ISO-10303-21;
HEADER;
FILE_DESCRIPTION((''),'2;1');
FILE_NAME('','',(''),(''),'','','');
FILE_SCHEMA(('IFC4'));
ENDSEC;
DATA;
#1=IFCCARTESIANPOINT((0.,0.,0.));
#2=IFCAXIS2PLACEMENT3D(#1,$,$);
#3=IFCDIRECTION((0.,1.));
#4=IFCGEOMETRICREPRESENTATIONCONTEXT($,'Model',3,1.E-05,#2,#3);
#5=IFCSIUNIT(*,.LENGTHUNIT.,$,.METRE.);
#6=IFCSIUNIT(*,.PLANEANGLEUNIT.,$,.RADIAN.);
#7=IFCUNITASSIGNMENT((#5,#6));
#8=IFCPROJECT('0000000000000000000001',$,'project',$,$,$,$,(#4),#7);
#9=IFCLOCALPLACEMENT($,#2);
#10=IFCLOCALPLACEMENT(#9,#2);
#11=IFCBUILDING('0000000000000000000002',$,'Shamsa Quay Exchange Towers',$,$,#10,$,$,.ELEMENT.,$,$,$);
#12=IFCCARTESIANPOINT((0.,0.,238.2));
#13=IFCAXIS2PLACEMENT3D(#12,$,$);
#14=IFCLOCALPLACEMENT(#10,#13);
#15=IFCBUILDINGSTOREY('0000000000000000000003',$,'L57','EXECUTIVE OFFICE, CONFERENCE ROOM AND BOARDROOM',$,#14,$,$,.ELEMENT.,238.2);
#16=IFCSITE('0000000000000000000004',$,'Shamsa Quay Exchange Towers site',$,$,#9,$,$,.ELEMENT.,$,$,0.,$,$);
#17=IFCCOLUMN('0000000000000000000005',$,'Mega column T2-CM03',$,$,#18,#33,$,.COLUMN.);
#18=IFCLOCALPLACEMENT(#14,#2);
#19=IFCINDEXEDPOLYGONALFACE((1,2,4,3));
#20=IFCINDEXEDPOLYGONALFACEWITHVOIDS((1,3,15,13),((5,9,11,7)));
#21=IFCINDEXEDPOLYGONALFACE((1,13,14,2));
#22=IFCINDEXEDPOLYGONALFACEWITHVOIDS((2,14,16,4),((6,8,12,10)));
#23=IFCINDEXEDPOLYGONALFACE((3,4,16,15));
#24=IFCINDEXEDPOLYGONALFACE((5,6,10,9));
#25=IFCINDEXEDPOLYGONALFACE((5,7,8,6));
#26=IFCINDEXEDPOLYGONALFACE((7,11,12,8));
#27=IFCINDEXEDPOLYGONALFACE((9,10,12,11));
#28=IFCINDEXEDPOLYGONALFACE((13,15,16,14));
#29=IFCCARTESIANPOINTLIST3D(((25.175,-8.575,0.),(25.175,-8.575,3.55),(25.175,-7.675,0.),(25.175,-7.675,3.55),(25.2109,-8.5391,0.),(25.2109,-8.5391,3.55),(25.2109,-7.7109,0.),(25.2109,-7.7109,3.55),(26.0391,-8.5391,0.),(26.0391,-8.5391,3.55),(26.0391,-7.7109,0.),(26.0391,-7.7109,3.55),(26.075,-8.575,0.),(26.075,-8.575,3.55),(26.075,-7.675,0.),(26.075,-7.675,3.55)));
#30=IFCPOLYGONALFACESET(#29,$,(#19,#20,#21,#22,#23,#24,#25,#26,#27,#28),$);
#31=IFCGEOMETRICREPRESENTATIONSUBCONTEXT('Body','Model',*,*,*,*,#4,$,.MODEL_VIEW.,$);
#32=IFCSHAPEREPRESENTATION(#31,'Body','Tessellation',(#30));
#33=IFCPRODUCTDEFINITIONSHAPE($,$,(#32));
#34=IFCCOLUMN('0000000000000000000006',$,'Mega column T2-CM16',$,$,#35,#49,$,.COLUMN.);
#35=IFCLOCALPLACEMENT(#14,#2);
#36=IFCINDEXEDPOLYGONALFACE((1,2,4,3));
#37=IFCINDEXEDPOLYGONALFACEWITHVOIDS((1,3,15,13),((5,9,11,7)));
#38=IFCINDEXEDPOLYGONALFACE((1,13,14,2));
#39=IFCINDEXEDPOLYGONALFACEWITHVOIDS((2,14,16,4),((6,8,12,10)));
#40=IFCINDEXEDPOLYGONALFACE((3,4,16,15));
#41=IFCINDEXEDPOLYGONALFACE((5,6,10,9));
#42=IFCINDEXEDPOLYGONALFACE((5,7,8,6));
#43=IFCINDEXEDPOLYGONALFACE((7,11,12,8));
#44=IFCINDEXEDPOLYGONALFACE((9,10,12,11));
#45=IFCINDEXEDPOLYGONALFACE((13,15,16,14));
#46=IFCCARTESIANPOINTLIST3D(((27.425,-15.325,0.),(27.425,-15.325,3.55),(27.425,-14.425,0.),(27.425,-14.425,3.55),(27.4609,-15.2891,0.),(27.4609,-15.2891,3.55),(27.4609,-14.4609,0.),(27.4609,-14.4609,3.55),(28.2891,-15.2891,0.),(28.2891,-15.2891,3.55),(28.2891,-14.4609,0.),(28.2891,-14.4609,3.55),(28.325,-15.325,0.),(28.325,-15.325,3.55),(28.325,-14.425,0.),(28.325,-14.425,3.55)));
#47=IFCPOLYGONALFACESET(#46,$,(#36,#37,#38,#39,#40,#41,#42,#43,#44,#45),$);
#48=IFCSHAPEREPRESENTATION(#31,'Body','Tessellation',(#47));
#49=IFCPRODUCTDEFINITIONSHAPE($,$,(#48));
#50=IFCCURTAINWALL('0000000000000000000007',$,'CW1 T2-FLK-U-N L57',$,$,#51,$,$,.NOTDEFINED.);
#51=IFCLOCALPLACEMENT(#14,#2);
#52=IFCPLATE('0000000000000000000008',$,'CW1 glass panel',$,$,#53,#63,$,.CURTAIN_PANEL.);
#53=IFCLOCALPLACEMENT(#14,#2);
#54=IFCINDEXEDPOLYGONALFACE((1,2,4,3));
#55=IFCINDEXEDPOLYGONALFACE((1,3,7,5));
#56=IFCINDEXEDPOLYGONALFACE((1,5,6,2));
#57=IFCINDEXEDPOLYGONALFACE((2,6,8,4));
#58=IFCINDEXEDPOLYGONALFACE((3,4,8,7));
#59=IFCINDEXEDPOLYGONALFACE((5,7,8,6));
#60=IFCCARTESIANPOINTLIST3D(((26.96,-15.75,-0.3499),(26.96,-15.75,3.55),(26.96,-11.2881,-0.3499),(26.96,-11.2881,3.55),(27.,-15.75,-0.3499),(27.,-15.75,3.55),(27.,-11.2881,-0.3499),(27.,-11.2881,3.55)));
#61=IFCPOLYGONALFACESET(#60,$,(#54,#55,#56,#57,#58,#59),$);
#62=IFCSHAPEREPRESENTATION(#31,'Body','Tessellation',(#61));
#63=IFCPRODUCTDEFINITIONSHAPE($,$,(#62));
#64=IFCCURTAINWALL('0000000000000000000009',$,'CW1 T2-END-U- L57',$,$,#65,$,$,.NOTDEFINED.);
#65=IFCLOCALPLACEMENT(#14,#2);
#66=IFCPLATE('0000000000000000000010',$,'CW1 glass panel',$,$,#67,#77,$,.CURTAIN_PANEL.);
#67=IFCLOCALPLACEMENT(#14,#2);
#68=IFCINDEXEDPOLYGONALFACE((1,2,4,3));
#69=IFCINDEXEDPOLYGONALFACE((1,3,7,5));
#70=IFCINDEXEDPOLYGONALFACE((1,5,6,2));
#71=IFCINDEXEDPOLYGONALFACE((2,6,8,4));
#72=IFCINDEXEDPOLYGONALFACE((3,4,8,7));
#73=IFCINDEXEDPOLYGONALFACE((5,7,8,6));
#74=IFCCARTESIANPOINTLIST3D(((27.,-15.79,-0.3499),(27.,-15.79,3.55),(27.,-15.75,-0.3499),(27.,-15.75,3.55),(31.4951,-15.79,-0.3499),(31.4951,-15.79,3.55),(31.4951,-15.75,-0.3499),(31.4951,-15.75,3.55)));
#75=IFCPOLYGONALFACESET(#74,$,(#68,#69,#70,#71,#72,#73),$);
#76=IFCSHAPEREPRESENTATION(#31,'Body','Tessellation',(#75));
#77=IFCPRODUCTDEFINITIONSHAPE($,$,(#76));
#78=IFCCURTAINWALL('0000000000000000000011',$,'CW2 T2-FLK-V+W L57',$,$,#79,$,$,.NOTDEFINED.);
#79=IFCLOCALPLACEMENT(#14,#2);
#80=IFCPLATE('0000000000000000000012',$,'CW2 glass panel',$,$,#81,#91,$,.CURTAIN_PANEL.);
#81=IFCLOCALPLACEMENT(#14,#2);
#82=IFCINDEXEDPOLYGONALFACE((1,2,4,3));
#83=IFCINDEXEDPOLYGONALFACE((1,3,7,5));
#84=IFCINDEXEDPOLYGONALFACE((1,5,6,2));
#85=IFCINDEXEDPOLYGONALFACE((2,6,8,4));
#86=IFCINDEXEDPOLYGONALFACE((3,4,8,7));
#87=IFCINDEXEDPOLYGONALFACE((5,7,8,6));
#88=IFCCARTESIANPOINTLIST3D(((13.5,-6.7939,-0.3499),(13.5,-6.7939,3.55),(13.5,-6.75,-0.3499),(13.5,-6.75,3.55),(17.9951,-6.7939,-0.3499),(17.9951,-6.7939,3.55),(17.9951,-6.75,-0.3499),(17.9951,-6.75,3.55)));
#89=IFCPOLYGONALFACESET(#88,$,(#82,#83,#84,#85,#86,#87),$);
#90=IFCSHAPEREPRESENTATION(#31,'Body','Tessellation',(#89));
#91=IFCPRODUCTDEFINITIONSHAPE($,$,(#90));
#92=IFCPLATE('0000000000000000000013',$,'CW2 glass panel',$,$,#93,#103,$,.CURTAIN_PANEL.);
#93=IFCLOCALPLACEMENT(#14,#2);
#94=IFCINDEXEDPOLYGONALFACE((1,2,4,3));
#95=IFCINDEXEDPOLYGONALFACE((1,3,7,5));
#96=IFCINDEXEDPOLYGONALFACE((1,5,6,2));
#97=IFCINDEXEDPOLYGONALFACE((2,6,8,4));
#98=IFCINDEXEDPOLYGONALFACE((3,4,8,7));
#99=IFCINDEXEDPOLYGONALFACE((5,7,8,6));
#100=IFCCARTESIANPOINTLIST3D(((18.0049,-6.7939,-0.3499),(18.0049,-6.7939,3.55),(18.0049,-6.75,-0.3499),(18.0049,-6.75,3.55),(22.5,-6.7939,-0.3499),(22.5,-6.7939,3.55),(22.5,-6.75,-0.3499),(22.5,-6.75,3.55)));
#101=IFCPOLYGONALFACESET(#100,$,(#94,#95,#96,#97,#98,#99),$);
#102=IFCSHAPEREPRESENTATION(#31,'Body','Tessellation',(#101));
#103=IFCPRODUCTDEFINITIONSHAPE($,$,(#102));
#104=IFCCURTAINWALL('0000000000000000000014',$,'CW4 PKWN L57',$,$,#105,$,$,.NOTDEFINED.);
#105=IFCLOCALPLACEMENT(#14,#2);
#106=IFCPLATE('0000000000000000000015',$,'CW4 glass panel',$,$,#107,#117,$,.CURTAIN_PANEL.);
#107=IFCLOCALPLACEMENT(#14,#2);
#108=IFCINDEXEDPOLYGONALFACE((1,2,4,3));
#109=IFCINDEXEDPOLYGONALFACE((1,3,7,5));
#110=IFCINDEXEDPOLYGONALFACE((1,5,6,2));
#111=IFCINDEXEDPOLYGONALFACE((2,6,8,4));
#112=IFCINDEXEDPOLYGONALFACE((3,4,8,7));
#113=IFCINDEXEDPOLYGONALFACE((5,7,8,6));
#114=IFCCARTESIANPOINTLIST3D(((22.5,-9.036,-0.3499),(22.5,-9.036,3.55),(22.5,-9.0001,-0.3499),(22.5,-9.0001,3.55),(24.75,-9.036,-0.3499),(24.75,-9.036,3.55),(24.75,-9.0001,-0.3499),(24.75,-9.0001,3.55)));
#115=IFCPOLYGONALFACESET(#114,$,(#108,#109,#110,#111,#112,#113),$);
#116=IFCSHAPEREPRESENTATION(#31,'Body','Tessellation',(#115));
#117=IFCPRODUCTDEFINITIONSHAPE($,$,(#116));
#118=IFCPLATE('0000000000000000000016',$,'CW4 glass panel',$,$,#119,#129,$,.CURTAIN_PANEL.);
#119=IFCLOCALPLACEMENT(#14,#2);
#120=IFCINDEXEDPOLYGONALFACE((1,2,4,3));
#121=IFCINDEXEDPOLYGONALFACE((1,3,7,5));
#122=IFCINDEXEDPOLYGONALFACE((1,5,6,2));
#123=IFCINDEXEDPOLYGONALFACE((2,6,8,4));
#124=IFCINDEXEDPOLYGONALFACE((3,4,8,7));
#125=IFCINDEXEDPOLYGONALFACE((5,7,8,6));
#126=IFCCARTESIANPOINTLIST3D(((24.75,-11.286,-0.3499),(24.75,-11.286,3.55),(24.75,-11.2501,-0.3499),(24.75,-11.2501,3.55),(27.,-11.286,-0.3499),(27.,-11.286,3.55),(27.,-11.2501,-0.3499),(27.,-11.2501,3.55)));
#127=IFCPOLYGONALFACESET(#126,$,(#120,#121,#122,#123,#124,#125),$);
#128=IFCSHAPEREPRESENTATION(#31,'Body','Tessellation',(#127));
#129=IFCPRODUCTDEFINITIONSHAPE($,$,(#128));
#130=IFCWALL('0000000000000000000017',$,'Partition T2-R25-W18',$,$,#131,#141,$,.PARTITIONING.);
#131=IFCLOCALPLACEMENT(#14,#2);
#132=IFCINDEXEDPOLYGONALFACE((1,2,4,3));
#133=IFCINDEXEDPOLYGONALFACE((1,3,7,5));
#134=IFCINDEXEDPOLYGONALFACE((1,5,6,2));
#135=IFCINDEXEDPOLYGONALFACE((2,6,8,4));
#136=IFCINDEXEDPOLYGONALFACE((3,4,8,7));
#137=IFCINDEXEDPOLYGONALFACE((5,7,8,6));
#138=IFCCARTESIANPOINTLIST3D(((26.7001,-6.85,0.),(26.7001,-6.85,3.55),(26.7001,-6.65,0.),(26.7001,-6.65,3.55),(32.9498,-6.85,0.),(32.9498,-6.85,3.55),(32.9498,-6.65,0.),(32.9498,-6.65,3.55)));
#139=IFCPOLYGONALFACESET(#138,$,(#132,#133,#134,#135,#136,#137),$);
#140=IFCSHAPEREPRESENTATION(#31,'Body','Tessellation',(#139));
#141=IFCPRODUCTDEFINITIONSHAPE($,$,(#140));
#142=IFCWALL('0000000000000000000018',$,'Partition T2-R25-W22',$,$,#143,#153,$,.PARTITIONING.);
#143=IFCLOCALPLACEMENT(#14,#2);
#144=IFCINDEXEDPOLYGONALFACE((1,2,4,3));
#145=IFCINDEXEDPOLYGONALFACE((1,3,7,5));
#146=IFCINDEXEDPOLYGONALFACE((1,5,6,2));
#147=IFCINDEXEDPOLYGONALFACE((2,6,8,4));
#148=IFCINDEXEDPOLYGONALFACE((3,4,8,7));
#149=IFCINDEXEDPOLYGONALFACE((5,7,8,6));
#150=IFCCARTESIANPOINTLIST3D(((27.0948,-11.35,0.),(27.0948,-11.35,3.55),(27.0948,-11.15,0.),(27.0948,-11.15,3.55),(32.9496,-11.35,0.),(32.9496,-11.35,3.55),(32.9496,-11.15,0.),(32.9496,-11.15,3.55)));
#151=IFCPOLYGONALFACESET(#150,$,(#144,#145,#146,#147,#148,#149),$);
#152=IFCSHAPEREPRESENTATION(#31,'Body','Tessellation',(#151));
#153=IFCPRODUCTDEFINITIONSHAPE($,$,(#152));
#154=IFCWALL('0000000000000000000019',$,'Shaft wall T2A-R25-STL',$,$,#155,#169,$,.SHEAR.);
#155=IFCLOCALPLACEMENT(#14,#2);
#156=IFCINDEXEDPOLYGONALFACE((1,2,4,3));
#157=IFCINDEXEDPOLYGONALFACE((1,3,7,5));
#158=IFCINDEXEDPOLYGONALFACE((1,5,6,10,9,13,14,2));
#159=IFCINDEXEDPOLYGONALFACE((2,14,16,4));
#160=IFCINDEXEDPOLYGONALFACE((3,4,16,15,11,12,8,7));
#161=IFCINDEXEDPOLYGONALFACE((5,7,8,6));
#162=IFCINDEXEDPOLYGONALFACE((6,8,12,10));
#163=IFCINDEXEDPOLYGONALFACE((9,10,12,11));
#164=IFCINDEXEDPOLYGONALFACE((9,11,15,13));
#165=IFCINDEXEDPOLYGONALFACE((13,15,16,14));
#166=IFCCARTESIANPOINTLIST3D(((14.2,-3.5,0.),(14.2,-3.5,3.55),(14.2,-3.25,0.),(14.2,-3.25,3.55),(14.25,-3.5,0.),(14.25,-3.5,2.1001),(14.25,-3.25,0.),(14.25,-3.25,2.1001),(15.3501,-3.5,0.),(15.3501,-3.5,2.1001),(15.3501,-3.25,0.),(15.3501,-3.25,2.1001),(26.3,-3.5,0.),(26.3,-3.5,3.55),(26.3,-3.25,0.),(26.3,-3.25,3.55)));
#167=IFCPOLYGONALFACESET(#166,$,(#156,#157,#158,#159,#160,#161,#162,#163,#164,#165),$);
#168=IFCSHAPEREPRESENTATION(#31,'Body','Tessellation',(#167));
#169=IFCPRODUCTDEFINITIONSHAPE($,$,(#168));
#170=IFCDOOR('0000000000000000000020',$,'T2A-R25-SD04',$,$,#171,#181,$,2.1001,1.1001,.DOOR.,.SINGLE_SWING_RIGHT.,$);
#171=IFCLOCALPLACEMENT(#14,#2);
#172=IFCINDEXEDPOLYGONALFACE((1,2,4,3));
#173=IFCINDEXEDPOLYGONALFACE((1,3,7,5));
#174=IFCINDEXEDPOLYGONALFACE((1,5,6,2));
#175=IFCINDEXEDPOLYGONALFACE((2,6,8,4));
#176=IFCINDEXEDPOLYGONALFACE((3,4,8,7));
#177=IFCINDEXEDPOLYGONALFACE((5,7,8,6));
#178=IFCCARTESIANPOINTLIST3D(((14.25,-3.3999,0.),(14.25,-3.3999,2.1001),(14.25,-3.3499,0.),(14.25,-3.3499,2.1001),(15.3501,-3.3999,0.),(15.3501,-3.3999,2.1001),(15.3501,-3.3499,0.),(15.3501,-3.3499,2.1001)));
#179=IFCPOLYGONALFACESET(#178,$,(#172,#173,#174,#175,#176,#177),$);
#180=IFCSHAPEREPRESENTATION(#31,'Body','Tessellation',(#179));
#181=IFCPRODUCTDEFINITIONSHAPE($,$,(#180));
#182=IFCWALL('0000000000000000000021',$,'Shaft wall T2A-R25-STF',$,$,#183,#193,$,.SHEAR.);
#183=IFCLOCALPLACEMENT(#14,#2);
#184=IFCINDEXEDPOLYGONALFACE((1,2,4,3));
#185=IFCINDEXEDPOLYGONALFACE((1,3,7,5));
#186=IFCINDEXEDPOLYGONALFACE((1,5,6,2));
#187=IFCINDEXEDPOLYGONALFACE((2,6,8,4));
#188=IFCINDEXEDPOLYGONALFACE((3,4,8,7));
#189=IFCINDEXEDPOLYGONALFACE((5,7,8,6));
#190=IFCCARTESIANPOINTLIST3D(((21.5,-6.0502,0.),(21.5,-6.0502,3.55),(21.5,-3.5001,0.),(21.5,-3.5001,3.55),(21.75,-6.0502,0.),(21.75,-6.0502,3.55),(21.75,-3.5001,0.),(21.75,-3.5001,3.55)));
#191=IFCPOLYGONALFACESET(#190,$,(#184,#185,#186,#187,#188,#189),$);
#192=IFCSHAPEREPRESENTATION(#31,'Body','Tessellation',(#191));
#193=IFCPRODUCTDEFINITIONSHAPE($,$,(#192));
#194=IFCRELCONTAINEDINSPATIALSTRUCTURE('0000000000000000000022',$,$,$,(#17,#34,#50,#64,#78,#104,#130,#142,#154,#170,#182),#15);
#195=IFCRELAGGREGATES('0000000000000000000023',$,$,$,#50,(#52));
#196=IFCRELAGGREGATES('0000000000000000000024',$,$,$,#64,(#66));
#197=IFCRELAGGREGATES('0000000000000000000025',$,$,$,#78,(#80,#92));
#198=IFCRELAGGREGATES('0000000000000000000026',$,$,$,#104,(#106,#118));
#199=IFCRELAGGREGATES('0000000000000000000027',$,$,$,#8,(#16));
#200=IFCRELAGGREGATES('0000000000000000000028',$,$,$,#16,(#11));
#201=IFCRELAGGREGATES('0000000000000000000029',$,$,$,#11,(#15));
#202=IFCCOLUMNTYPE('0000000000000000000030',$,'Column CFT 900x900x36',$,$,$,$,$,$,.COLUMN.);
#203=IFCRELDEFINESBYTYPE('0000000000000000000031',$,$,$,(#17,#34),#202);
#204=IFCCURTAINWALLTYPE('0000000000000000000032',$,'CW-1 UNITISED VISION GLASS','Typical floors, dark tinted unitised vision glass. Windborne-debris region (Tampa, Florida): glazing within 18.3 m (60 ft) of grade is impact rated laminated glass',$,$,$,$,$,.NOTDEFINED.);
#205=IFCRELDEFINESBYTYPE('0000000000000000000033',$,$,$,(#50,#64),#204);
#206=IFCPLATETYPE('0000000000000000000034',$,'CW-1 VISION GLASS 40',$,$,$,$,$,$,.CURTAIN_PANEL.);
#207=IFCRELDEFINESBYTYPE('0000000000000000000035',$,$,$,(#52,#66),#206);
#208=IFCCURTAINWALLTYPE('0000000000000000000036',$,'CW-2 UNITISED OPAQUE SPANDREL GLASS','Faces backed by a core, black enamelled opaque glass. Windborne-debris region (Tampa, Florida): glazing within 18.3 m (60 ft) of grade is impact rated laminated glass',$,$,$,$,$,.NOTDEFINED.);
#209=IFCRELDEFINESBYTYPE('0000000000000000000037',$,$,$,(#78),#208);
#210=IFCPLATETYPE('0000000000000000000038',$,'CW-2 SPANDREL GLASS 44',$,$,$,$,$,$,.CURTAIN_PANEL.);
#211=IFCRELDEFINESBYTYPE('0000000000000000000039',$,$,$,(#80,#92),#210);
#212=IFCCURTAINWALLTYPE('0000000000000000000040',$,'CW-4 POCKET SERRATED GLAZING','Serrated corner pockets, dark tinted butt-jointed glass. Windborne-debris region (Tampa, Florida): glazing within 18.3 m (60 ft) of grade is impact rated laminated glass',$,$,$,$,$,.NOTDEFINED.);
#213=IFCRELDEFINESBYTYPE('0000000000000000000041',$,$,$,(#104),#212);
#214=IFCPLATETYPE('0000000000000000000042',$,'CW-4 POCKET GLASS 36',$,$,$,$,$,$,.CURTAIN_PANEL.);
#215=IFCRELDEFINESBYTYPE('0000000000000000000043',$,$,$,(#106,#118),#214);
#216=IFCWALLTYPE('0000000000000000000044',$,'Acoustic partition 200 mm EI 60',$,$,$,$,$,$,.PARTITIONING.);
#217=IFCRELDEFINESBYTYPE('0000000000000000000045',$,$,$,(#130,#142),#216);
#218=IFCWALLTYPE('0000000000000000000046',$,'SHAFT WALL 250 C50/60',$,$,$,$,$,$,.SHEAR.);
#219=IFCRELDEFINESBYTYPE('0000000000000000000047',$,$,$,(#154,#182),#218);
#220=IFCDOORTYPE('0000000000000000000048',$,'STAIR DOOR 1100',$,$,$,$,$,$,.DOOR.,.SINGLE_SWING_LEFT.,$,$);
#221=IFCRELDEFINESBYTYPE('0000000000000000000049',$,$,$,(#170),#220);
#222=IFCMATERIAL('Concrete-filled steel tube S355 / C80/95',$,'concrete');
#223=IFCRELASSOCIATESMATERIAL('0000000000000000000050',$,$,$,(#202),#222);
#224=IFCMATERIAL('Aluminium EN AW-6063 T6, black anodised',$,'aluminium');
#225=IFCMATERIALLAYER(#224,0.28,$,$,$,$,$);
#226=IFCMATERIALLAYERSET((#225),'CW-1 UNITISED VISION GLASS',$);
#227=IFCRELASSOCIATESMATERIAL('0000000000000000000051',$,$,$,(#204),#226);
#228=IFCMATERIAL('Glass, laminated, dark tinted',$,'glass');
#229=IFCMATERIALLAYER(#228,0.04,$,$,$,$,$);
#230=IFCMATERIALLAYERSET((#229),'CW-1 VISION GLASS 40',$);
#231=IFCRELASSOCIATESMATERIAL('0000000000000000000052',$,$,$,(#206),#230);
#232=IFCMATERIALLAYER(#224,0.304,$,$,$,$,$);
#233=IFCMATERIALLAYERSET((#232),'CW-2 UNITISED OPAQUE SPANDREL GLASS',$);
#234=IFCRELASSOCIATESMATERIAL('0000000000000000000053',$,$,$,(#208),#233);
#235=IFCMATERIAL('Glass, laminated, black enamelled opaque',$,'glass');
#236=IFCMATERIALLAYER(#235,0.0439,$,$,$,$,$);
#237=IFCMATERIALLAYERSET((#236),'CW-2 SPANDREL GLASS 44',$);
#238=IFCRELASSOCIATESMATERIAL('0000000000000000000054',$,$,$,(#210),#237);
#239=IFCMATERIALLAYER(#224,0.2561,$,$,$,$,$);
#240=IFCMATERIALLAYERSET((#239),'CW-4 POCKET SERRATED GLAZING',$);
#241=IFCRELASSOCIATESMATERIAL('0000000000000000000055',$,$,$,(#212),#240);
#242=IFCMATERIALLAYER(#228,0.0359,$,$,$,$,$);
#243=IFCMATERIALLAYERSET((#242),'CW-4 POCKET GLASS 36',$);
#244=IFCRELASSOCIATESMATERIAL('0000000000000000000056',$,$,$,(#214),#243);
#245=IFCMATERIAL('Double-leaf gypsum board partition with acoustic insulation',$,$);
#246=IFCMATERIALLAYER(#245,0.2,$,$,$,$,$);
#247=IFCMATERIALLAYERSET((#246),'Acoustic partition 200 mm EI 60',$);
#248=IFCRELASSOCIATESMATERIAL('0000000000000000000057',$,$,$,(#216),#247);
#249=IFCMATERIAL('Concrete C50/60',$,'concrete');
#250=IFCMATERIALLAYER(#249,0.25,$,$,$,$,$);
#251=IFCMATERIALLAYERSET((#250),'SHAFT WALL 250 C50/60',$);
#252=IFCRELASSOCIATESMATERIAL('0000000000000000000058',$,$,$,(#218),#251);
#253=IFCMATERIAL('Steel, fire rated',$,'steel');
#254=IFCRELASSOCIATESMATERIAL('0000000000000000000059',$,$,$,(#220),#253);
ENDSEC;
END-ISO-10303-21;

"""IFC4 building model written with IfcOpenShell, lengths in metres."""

from ifc_helpers import new_model, si_unit, direction, frame, frame_2d, origin, origin_2d, place, context, subcontext, project, spatial, rectangle, hollow_rectangle, extrude, material, layer, layer_set, material_profile, profile_set, type_object, element, fill, aggregate, save


model = new_model("IFC4")

# Units and contexts
model_context = context("Model", 3, precision=1e-05, world=origin(), true_north=direction((0.0, 1.0)))
body_context = subcontext(model_context, "Body", "Model", "MODEL_VIEW")
ifc_project = project(units=[si_unit("LENGTHUNIT", "METRE"), si_unit("PLANEANGLEUNIT", "RADIAN")], contexts=[model_context])

# Site, building, storey
site_placement = place(None, origin())
site = spatial("IfcSite", under=ifc_project, at=site_placement, Name="Shamsa Quay Exchange Towers site", CompositionType="ELEMENT", RefElevation=0.0)
building_placement = place(site_placement, origin())
building = spatial("IfcBuilding", under=site, at=building_placement, Name="Shamsa Quay Exchange Towers", CompositionType="ELEMENT")
storey_placement = place(building_placement, frame((0.0, 0.0, 238.2)))
storey = spatial("IfcBuildingStorey", under=building, at=storey_placement, Name="L57", Description="EXECUTIVE OFFICE, CONFERENCE ROOM AND BOARDROOM", CompositionType="ELEMENT", Elevation=238.2)

# Columns
ifc_material_1 = material(Name="Concrete-filled steel tube S355 / C80/95", Category="concrete")
ifc_material_profile = material_profile(ifc_material_1, hollow_rectangle(XDim=0.8999, YDim=0.8999, WallThickness=0.0359, at=origin_2d()), Name="CFT 900x900x36")
ifc_profile_set = profile_set([ifc_material_profile], Name="Concrete-filled steel tube S355 / C80/95")
column_type = type_object("IfcColumnType", Name="Column CFT 900x900x36", PredefinedType="COLUMN", material=ifc_profile_set)
for number, where, name in (
    (1, (25.625, -8.125, 0.0), "Mega column T2-CM03"),
    (2, (27.875, -14.875, 0.0), "Mega column T2-CM16"),
):
    element("IfcColumn", number, at=place(storey_placement, frame(where)), inside=storey, type_object=column_type, Name=name, PredefinedType="COLUMN", context=body_context, shape_type="SweptSolid", body=[
        extrude(hollow_rectangle(XDim=0.8999, YDim=0.8999, WallThickness=0.0359, at=origin_2d()), origin(), (0.0, 0.0, 1.0), 3.55),
    ])

# Curtain walls, plates
ifc_material_2 = material(Name="Aluminium EN AW-6063 T6, black anodised", Category="aluminium")
ifc_layer_1 = layer(ifc_material_2, 0.28)
ifc_layer_set_1 = layer_set([ifc_layer_1], Name="CW-1 UNITISED VISION GLASS")
curtain_wall_type_1 = type_object("IfcCurtainWallType", Name="CW-1 UNITISED VISION GLASS", Description="Typical floors, dark tinted unitised vision glass. Windborne-debris region (Tampa, Florida): glazing within 18.3 m (60 ft) of grade is impact rated laminated glass", PredefinedType="NOTDEFINED", material=ifc_layer_set_1)
curtain_wall_1_placement = place(storey_placement, origin())
curtain_wall_1 = element("IfcCurtainWall", 3, at=curtain_wall_1_placement, inside=storey, type_object=curtain_wall_type_1, Name="CW1 T2-FLK-U-N L57", PredefinedType="NOTDEFINED")
ifc_material_3 = material(Name="Glass, laminated, dark tinted", Category="glass")
ifc_layer_2 = layer(ifc_material_3, 0.04)
ifc_layer_set_2 = layer_set([ifc_layer_2], Name="CW-1 VISION GLASS 40")
plate_type_1 = type_object("IfcPlateType", Name="CW-1 VISION GLASS 40", PredefinedType="CURTAIN_PANEL", material=ifc_layer_set_2)
plate_1_placement = place(storey_placement, frame((26.98, -13.519, -0.3499), z_axis=(0.0, 0.0, 1.0), x_axis=(0.0, -1.0, 0.0)))
plate_1 = element("IfcPlate", 4, at=plate_1_placement, type_object=plate_type_1, Name="CW1 glass panel", PredefinedType="CURTAIN_PANEL", context=body_context, shape_type="SweptSolid", body=[
    extrude(rectangle(XDim=4.4619, YDim=0.04, at=origin_2d()), origin(), (0.0, 0.0, 1.0), 3.8999),
])
aggregate(curtain_wall_1, [plate_1])
curtain_wall_2_placement = place(storey_placement, origin())
curtain_wall_2 = element("IfcCurtainWall", 5, at=curtain_wall_2_placement, inside=storey, type_object=curtain_wall_type_1, Name="CW1 T2-END-U- L57", PredefinedType="NOTDEFINED")
plate_2_placement = place(storey_placement, frame((29.2476, -15.77, -0.3499)))
plate_2 = element("IfcPlate", 6, at=plate_2_placement, type_object=plate_type_1, Name="CW1 glass panel", PredefinedType="CURTAIN_PANEL", context=body_context, shape_type="SweptSolid", body=[
    extrude(rectangle(XDim=4.4951, YDim=0.04, at=origin_2d()), origin(), (0.0, 0.0, 1.0), 3.8999),
])
aggregate(curtain_wall_2, [plate_2])

# Curtain walls, plates
ifc_layer_3 = layer(ifc_material_2, 0.304)
ifc_layer_set_3 = layer_set([ifc_layer_3], Name="CW-2 UNITISED OPAQUE SPANDREL GLASS")
curtain_wall_type_2 = type_object("IfcCurtainWallType", Name="CW-2 UNITISED OPAQUE SPANDREL GLASS", Description="Faces backed by a core, black enamelled opaque glass. Windborne-debris region (Tampa, Florida): glazing within 18.3 m (60 ft) of grade is impact rated laminated glass", PredefinedType="NOTDEFINED", material=ifc_layer_set_3)
curtain_wall_3_placement = place(storey_placement, origin())
curtain_wall_3 = element("IfcCurtainWall", 7, at=curtain_wall_3_placement, inside=storey, type_object=curtain_wall_type_2, Name="CW2 T2-FLK-V+W L57", PredefinedType="NOTDEFINED")
ifc_material_4 = material(Name="Glass, laminated, black enamelled opaque", Category="glass")
ifc_layer_4 = layer(ifc_material_4, 0.0439)
ifc_layer_set_4 = layer_set([ifc_layer_4], Name="CW-2 SPANDREL GLASS 44")
plate_type_2 = type_object("IfcPlateType", Name="CW-2 SPANDREL GLASS 44", PredefinedType="CURTAIN_PANEL", material=ifc_layer_set_4)
plate_3_placement = place(storey_placement, frame((15.7476, -6.772, -0.3499)))
plate_3 = element("IfcPlate", 8, at=plate_3_placement, type_object=plate_type_2, Name="CW2 glass panel", PredefinedType="CURTAIN_PANEL", context=body_context, shape_type="SweptSolid", body=[
    extrude(rectangle(XDim=4.4951, YDim=0.0439, at=origin_2d()), origin(), (0.0, 0.0, 1.0), 3.8999),
])
plate_4_placement = place(storey_placement, frame((20.2524, -6.772, -0.3499)))
plate_4 = element("IfcPlate", 9, at=plate_4_placement, type_object=plate_type_2, Name="CW2 glass panel", PredefinedType="CURTAIN_PANEL", context=body_context, shape_type="SweptSolid", body=[
    extrude(rectangle(XDim=4.4951, YDim=0.0439, at=origin_2d()), origin(), (0.0, 0.0, 1.0), 3.8999),
])
aggregate(curtain_wall_3, [plate_3, plate_4])
ifc_layer_5 = layer(ifc_material_2, 0.2561)
ifc_layer_set_5 = layer_set([ifc_layer_5], Name="CW-4 POCKET SERRATED GLAZING")
curtain_wall_type_3 = type_object("IfcCurtainWallType", Name="CW-4 POCKET SERRATED GLAZING", Description="Serrated corner pockets, dark tinted butt-jointed glass. Windborne-debris region (Tampa, Florida): glazing within 18.3 m (60 ft) of grade is impact rated laminated glass", PredefinedType="NOTDEFINED", material=ifc_layer_set_5)
curtain_wall_4_placement = place(storey_placement, origin())
curtain_wall_4 = element("IfcCurtainWall", 10, at=curtain_wall_4_placement, inside=storey, type_object=curtain_wall_type_3, Name="CW4 PKWN L57", PredefinedType="NOTDEFINED")
ifc_layer_6 = layer(ifc_material_3, 0.0359)
ifc_layer_set_6 = layer_set([ifc_layer_6], Name="CW-4 POCKET GLASS 36")
plate_type_3 = type_object("IfcPlateType", Name="CW-4 POCKET GLASS 36", PredefinedType="CURTAIN_PANEL", material=ifc_layer_set_6)
plate_5_placement = place(storey_placement, frame((23.625, -9.0181, -0.3499)))
plate_5 = element("IfcPlate", 11, at=plate_5_placement, type_object=plate_type_3, Name="CW4 glass panel", PredefinedType="CURTAIN_PANEL", context=body_context, shape_type="SweptSolid", body=[
    extrude(rectangle(XDim=2.25, YDim=0.0359, at=origin_2d()), origin(), (0.0, 0.0, 1.0), 3.8999),
])
plate_6_placement = place(storey_placement, frame((25.875, -11.2681, -0.3499)))
plate_6 = element("IfcPlate", 12, at=plate_6_placement, type_object=plate_type_3, Name="CW4 glass panel", PredefinedType="CURTAIN_PANEL", context=body_context, shape_type="SweptSolid", body=[
    extrude(rectangle(XDim=2.25, YDim=0.0359, at=origin_2d()), origin(), (0.0, 0.0, 1.0), 3.8999),
])
aggregate(curtain_wall_4, [plate_5, plate_6])

# Walls
ifc_material_5 = material(Name="Double-leaf gypsum board partition with acoustic insulation")
ifc_layer_7 = layer(ifc_material_5, 0.2)
ifc_layer_set_7 = layer_set([ifc_layer_7], Name="Acoustic partition 200 mm EI 60")
wall_type_1 = type_object("IfcWallType", Name="Acoustic partition 200 mm EI 60", PredefinedType="PARTITIONING", material=ifc_layer_set_7)
wall_1_placement = place(storey_placement, frame((26.7, -6.75, 0.0)))
element("IfcWall", 13, at=wall_1_placement, inside=storey, type_object=wall_type_1, Name="Partition T2-R25-W18", PredefinedType="PARTITIONING", context=body_context, shape_type="SweptSolid", body=[
    extrude(rectangle(XDim=6.2498, YDim=0.2, at=frame_2d((3.125, 0.0))), origin(), (0.0, 0.0, 1.0), 3.55),
])
wall_2_placement = place(storey_placement, frame((27.095, -11.25, 0.0)))
element("IfcWall", 14, at=wall_2_placement, inside=storey, type_object=wall_type_1, Name="Partition T2-R25-W22", PredefinedType="PARTITIONING", context=body_context, shape_type="SweptSolid", body=[
    extrude(rectangle(XDim=5.8547, YDim=0.2, at=frame_2d((2.9272, 0.0))), origin(), (0.0, 0.0, 1.0), 3.55),
])

# Wall, opening, door
ifc_material_6 = material(Name="Concrete C50/60", Category="concrete")
ifc_layer_8 = layer(ifc_material_6, 0.25)
ifc_layer_set_8 = layer_set([ifc_layer_8], Name="SHAFT WALL 250 C50/60")
wall_type_2 = type_object("IfcWallType", Name="SHAFT WALL 250 C50/60", PredefinedType="SHEAR", material=ifc_layer_set_8)
wall_3_placement = place(storey_placement, frame((26.3, -3.375, 0.0), z_axis=(0.0, 0.0, 1.0), x_axis=(-1.0, 0.0, 0.0)))
wall_3 = element("IfcWall", 15, at=wall_3_placement, inside=storey, type_object=wall_type_2, Name="Shaft wall T2A-R25-STL", PredefinedType="SHEAR", context=body_context, shape_type="SweptSolid", body=[
    extrude(rectangle(XDim=12.1001, YDim=0.25, at=frame_2d((6.05, 0.0))), origin(), (0.0, 0.0, 1.0), 3.55),
])
opening_1_placement = place(wall_3_placement, frame((10.95, 0.0, 0.0)))
opening_1 = element("IfcOpeningElement", 16, at=opening_1_placement, cuts=wall_3, PredefinedType="OPENING", context=body_context, shape_type="SweptSolid", body=[
    extrude(rectangle(XDim=1.1001, YDim=2.1001, at=frame_2d((0.55, 1.05))), frame((0.0, 0.135, 0.0), z_axis=(0.0, -1.0, 0.0), x_axis=(1.0, 0.0, 0.0)), (0.0, 0.0, 1.0), 0.27),
])
ifc_material_7 = material(Name="Steel, fire rated", Category="steel")
door_type_1 = type_object("IfcDoorType", Name="STAIR DOOR 1100", OperationType="SINGLE_SWING_LEFT", PredefinedType="DOOR", material=ifc_material_7)
door_1_placement = place(opening_1_placement, origin())
door_1 = element("IfcDoor", 17, at=door_1_placement, inside=storey, type_object=door_type_1, Name="T2A-R25-SD04", OperationType="SINGLE_SWING_RIGHT", OverallHeight=2.1001, OverallWidth=1.1001, PredefinedType="DOOR", context=body_context, shape_type="SweptSolid", body=[
    extrude(rectangle(XDim=1.1001, YDim=2.1001, at=frame_2d((0.55, 1.05))), frame((0.0, 0.0249, 0.0), z_axis=(0.0, -1.0, 0.0), x_axis=(1.0, 0.0, 0.0)), (0.0, 0.0, 1.0), 0.05),
])
fill(opening_1, door_1)

# Wall
wall_4_placement = place(storey_placement, frame((21.625, -6.05, 0.0), z_axis=(0.0, 0.0, 1.0), x_axis=(0.0, 1.0, 0.0)))
element("IfcWall", 18, at=wall_4_placement, inside=storey, type_object=wall_type_2, Name="Shaft wall T2A-R25-STF", PredefinedType="SHEAR", context=body_context, shape_type="SweptSolid", body=[
    extrude(rectangle(XDim=2.55, YDim=0.25, at=frame_2d((1.2749, 0.0))), origin(), (0.0, 0.0, 1.0), 3.55),
])

save(model, "model.ifc")
